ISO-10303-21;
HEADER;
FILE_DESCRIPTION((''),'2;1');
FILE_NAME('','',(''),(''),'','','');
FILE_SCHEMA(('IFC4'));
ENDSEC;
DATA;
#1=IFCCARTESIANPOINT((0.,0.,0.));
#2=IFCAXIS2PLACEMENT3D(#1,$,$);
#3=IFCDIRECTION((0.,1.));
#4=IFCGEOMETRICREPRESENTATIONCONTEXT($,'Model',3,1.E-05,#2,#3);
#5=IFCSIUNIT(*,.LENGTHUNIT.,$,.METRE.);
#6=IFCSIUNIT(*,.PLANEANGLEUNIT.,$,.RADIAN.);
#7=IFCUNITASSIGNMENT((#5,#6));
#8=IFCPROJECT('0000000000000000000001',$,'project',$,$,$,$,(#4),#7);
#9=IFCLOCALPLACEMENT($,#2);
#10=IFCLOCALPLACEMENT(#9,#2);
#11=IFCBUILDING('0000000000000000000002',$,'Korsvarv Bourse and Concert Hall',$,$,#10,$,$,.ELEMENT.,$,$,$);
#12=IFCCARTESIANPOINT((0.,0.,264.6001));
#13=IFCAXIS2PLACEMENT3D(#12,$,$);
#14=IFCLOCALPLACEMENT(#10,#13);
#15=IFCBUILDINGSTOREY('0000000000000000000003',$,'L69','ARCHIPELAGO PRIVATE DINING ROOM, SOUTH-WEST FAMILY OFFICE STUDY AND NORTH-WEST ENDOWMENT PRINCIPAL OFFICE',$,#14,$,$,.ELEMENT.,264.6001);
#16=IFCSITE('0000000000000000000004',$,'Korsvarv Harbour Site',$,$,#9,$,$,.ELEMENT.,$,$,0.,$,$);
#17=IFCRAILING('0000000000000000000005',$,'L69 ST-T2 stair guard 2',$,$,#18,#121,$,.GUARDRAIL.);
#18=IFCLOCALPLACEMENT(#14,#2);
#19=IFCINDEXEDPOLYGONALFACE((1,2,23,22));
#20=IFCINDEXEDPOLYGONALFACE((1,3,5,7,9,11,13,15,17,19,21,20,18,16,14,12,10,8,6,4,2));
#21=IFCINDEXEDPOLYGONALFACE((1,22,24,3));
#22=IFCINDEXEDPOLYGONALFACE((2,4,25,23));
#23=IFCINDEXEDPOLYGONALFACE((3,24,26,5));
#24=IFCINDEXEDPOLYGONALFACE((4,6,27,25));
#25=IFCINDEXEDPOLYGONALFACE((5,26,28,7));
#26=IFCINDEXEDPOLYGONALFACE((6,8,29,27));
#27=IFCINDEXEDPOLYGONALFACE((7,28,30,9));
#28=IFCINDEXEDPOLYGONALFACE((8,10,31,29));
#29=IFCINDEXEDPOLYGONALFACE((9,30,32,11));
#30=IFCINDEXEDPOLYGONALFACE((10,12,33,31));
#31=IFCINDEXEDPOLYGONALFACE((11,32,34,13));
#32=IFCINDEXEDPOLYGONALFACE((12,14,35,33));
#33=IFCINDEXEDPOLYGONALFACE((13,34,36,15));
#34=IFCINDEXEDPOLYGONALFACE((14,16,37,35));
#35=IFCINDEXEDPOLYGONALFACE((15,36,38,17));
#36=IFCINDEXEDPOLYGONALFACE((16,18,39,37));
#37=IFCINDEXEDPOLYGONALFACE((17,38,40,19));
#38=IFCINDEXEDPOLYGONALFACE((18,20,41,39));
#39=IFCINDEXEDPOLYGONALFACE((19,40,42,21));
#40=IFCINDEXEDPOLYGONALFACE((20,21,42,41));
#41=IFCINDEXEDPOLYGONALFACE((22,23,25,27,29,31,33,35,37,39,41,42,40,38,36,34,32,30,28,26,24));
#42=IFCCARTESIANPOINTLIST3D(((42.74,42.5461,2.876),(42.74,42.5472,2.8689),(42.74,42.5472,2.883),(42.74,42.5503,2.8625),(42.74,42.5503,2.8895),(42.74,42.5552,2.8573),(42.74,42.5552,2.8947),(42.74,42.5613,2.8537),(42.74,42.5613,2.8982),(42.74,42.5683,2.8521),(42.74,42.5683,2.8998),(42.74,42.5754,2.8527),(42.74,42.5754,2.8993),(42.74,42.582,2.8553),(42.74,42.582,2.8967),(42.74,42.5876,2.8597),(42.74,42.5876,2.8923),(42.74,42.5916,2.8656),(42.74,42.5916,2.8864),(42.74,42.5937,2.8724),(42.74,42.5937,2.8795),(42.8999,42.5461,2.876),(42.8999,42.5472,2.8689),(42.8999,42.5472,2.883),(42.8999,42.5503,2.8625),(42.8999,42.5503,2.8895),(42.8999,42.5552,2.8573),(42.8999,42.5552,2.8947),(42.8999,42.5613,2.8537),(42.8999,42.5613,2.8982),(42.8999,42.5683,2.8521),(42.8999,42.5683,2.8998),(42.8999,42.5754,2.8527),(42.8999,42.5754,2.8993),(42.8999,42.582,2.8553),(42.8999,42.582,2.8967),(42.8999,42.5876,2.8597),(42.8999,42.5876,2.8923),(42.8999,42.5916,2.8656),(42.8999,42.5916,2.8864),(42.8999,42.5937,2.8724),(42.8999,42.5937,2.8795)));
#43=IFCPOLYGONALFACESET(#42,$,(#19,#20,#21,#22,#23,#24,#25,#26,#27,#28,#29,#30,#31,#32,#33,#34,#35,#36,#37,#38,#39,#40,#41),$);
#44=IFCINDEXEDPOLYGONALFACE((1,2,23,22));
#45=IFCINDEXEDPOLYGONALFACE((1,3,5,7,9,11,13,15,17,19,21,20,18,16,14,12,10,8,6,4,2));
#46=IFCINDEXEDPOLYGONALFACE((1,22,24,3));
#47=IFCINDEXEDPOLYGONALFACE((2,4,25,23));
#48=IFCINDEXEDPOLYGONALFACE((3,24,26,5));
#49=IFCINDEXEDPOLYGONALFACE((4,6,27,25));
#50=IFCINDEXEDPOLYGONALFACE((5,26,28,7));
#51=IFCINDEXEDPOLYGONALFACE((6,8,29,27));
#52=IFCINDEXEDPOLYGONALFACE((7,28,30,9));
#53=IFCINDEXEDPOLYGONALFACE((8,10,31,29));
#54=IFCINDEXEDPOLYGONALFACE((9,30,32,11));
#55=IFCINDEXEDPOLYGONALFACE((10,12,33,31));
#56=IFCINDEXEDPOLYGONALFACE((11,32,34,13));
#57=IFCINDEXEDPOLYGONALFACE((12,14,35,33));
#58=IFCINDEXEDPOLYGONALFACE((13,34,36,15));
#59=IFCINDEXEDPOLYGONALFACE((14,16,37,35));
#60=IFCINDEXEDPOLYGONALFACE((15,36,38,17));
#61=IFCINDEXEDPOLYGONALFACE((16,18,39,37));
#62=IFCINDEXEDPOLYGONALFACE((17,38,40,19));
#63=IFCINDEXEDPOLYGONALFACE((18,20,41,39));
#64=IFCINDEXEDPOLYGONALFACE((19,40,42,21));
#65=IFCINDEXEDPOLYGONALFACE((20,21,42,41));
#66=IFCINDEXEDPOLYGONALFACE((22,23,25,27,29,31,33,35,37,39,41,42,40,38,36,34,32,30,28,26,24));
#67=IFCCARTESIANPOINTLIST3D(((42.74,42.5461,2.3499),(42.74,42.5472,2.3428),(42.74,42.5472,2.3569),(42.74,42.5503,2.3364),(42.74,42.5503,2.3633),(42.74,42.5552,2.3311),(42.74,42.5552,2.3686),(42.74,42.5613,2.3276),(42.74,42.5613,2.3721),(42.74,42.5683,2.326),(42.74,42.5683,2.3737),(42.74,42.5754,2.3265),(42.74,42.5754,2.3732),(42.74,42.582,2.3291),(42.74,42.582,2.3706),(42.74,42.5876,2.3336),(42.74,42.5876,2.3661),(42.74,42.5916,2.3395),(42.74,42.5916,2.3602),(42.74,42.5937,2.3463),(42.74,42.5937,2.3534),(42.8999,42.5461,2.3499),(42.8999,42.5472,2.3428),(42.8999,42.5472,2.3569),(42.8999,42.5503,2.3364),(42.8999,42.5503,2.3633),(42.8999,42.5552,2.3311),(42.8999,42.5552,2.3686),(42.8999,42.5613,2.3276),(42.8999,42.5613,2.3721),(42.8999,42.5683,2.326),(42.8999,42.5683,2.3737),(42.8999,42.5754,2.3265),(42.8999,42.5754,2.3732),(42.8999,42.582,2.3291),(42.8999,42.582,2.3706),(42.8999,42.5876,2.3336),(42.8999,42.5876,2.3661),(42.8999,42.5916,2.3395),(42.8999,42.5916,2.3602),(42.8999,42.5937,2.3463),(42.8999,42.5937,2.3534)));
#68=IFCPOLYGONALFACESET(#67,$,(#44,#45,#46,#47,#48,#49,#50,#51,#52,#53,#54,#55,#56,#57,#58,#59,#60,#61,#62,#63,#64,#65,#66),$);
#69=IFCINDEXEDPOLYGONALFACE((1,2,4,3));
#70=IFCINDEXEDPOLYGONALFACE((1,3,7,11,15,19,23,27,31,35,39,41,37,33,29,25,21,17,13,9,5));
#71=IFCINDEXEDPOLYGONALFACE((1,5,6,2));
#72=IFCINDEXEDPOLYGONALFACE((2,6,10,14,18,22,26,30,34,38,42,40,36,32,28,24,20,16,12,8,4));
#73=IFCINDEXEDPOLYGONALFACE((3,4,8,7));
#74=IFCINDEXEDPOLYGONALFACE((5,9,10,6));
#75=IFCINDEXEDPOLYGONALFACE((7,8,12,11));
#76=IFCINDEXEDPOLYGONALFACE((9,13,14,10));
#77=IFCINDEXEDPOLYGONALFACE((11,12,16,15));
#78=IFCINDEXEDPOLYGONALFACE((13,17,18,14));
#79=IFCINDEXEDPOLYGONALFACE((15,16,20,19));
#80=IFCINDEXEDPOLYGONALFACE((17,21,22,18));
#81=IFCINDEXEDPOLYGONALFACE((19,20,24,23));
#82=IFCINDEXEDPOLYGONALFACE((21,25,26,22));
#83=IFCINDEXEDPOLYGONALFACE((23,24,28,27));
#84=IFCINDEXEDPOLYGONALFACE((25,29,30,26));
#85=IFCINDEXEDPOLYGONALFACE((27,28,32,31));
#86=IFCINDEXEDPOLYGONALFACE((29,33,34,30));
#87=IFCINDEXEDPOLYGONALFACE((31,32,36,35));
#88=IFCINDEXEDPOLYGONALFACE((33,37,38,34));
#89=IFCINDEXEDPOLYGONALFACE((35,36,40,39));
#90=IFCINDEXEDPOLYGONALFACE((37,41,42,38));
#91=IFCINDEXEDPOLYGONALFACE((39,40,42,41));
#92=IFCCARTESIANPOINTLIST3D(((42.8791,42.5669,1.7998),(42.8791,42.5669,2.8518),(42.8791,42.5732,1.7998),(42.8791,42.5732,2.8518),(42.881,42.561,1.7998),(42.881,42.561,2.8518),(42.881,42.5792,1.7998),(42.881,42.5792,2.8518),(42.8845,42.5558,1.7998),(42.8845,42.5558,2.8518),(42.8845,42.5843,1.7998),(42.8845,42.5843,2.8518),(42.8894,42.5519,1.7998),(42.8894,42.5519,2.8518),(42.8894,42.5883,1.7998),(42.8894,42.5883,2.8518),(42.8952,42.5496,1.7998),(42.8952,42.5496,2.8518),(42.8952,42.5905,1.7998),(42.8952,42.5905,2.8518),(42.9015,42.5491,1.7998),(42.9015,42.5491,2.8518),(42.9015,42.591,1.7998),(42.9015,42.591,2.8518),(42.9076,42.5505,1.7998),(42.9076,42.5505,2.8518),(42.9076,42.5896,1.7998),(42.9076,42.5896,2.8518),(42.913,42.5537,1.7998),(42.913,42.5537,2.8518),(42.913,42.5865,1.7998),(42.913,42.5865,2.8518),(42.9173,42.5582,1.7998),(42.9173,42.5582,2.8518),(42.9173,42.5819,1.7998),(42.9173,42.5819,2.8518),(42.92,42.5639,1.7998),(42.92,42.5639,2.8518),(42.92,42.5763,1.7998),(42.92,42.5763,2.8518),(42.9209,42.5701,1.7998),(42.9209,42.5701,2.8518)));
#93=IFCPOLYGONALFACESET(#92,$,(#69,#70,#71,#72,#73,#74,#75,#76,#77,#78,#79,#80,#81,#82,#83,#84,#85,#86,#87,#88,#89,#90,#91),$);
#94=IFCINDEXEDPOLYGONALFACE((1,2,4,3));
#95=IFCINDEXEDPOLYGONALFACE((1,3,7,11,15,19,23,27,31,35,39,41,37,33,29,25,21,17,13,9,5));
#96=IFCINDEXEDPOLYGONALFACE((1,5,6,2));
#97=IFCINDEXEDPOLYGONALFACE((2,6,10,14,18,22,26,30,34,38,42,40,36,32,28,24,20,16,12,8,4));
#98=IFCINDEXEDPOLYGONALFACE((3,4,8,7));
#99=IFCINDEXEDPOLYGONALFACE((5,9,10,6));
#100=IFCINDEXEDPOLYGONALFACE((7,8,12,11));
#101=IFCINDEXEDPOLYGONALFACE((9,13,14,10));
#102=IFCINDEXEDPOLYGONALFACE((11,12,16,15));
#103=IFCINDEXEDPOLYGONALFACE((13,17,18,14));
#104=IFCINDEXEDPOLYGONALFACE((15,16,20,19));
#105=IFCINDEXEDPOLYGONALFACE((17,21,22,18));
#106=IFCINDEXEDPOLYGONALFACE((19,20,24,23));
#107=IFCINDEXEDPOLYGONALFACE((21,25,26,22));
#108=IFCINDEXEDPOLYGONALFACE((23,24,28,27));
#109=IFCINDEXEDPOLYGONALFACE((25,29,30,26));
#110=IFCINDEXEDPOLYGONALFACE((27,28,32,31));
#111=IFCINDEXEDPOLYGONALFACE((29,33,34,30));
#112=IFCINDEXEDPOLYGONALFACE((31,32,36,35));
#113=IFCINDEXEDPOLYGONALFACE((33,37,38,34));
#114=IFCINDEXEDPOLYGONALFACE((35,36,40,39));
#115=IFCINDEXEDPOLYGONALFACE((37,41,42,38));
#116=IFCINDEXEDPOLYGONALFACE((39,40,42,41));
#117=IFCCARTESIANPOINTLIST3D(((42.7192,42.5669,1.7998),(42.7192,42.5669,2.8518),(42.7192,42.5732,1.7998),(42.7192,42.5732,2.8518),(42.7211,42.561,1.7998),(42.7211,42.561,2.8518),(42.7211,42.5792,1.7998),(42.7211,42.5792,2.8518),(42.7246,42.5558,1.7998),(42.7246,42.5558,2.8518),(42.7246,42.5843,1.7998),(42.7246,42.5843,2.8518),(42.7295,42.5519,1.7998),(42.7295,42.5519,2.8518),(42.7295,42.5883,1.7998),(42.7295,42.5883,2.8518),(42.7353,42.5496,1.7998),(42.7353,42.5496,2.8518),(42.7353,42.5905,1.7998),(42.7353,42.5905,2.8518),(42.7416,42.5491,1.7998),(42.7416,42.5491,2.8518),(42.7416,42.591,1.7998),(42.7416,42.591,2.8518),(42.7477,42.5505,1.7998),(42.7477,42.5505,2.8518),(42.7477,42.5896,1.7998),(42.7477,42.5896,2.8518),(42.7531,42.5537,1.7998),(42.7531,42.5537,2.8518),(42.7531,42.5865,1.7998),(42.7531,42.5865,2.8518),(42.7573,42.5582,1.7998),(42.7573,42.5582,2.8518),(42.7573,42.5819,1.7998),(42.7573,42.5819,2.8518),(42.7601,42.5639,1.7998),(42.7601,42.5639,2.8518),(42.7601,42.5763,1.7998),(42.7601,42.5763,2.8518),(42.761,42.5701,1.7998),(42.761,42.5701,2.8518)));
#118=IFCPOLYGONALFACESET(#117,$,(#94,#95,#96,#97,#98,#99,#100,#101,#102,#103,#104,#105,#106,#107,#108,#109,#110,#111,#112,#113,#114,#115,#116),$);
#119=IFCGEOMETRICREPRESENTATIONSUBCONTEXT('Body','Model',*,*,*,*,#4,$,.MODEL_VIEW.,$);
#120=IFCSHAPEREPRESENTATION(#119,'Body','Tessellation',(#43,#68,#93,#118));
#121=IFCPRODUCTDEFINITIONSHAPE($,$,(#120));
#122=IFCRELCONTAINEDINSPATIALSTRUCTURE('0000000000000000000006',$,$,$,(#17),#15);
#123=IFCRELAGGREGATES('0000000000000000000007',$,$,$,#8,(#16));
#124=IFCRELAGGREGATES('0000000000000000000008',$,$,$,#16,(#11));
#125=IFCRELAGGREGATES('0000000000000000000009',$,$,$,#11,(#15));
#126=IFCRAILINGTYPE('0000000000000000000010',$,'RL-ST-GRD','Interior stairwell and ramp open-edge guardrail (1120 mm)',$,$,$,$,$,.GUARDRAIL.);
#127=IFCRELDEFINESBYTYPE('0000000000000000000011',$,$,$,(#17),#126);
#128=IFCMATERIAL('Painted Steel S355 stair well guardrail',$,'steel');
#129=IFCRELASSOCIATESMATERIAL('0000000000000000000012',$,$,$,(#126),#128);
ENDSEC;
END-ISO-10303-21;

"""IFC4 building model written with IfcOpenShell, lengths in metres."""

from ifc_helpers import new_model, si_unit, direction, frame, origin, origin_2d, place, context, subcontext, project, spatial, circle, extrude, material, type_object, element, save


model = new_model("IFC4")

# Units and contexts
model_context = context("Model", 3, precision=1e-05, world=origin(), true_north=direction((0.0, 1.0)))
body_context = subcontext(model_context, "Body", "Model", "MODEL_VIEW")
ifc_project = project(units=[si_unit("LENGTHUNIT", "METRE"), si_unit("PLANEANGLEUNIT", "RADIAN")], contexts=[model_context])

# Site, building, storey
site_placement = place(None, origin())
site = spatial("IfcSite", under=ifc_project, at=site_placement, Name="Korsvarv Harbour Site", CompositionType="ELEMENT", RefElevation=0.0)
building_placement = place(site_placement, origin())
building = spatial("IfcBuilding", under=site, at=building_placement, Name="Korsvarv Bourse and Concert Hall", CompositionType="ELEMENT")
storey_placement = place(building_placement, frame((0.0, 0.0, 264.6001)))
storey = spatial("IfcBuildingStorey", under=building, at=storey_placement, Name="L69", Description="ARCHIPELAGO PRIVATE DINING ROOM, SOUTH-WEST FAMILY OFFICE STUDY AND NORTH-WEST ENDOWMENT PRINCIPAL OFFICE", CompositionType="ELEMENT", Elevation=264.6001)

# Railing
ifc_material_1 = material(Name="Painted Steel S355 stair well guardrail", Category="steel")
railing_type_1 = type_object("IfcRailingType", Name="RL-ST-GRD", Description="Interior stairwell and ramp open-edge guardrail (1120 mm)", PredefinedType="GUARDRAIL", material=ifc_material_1)
railing_1_placement = place(storey_placement, frame((42.8999, 42.5701, 1.7998)))
element("IfcRailing", 1, at=railing_1_placement, inside=storey, type_object=railing_type_1, Name="L69 ST-T2 stair guard 2", PredefinedType="GUARDRAIL", context=body_context, shape_type="SweptSolid", body=[
    extrude(circle(Radius=0.0239, at=origin_2d()), frame((0.0, 0.0, 1.0762), z_axis=(-1.0, 0.0, 0.0), x_axis=(0.0, -1.0, 0.0)), (0.0, 0.0, 1.0), 0.1599),
    extrude(circle(Radius=0.0239, at=origin_2d()), frame((0.0, 0.0, 0.55), z_axis=(-1.0, 0.0, 0.0), x_axis=(0.0, -1.0, 0.0)), (0.0, 0.0, 1.0), 0.1599),
    extrude(circle(Radius=0.021, at=origin_2d()), origin(), (0.0, 0.0, 1.0), 1.052),
    extrude(circle(Radius=0.021, at=origin_2d()), frame((-0.1599, 0.0, 0.0)), (0.0, 0.0, 1.0), 1.052),
])

save(model, "model.ifc")
